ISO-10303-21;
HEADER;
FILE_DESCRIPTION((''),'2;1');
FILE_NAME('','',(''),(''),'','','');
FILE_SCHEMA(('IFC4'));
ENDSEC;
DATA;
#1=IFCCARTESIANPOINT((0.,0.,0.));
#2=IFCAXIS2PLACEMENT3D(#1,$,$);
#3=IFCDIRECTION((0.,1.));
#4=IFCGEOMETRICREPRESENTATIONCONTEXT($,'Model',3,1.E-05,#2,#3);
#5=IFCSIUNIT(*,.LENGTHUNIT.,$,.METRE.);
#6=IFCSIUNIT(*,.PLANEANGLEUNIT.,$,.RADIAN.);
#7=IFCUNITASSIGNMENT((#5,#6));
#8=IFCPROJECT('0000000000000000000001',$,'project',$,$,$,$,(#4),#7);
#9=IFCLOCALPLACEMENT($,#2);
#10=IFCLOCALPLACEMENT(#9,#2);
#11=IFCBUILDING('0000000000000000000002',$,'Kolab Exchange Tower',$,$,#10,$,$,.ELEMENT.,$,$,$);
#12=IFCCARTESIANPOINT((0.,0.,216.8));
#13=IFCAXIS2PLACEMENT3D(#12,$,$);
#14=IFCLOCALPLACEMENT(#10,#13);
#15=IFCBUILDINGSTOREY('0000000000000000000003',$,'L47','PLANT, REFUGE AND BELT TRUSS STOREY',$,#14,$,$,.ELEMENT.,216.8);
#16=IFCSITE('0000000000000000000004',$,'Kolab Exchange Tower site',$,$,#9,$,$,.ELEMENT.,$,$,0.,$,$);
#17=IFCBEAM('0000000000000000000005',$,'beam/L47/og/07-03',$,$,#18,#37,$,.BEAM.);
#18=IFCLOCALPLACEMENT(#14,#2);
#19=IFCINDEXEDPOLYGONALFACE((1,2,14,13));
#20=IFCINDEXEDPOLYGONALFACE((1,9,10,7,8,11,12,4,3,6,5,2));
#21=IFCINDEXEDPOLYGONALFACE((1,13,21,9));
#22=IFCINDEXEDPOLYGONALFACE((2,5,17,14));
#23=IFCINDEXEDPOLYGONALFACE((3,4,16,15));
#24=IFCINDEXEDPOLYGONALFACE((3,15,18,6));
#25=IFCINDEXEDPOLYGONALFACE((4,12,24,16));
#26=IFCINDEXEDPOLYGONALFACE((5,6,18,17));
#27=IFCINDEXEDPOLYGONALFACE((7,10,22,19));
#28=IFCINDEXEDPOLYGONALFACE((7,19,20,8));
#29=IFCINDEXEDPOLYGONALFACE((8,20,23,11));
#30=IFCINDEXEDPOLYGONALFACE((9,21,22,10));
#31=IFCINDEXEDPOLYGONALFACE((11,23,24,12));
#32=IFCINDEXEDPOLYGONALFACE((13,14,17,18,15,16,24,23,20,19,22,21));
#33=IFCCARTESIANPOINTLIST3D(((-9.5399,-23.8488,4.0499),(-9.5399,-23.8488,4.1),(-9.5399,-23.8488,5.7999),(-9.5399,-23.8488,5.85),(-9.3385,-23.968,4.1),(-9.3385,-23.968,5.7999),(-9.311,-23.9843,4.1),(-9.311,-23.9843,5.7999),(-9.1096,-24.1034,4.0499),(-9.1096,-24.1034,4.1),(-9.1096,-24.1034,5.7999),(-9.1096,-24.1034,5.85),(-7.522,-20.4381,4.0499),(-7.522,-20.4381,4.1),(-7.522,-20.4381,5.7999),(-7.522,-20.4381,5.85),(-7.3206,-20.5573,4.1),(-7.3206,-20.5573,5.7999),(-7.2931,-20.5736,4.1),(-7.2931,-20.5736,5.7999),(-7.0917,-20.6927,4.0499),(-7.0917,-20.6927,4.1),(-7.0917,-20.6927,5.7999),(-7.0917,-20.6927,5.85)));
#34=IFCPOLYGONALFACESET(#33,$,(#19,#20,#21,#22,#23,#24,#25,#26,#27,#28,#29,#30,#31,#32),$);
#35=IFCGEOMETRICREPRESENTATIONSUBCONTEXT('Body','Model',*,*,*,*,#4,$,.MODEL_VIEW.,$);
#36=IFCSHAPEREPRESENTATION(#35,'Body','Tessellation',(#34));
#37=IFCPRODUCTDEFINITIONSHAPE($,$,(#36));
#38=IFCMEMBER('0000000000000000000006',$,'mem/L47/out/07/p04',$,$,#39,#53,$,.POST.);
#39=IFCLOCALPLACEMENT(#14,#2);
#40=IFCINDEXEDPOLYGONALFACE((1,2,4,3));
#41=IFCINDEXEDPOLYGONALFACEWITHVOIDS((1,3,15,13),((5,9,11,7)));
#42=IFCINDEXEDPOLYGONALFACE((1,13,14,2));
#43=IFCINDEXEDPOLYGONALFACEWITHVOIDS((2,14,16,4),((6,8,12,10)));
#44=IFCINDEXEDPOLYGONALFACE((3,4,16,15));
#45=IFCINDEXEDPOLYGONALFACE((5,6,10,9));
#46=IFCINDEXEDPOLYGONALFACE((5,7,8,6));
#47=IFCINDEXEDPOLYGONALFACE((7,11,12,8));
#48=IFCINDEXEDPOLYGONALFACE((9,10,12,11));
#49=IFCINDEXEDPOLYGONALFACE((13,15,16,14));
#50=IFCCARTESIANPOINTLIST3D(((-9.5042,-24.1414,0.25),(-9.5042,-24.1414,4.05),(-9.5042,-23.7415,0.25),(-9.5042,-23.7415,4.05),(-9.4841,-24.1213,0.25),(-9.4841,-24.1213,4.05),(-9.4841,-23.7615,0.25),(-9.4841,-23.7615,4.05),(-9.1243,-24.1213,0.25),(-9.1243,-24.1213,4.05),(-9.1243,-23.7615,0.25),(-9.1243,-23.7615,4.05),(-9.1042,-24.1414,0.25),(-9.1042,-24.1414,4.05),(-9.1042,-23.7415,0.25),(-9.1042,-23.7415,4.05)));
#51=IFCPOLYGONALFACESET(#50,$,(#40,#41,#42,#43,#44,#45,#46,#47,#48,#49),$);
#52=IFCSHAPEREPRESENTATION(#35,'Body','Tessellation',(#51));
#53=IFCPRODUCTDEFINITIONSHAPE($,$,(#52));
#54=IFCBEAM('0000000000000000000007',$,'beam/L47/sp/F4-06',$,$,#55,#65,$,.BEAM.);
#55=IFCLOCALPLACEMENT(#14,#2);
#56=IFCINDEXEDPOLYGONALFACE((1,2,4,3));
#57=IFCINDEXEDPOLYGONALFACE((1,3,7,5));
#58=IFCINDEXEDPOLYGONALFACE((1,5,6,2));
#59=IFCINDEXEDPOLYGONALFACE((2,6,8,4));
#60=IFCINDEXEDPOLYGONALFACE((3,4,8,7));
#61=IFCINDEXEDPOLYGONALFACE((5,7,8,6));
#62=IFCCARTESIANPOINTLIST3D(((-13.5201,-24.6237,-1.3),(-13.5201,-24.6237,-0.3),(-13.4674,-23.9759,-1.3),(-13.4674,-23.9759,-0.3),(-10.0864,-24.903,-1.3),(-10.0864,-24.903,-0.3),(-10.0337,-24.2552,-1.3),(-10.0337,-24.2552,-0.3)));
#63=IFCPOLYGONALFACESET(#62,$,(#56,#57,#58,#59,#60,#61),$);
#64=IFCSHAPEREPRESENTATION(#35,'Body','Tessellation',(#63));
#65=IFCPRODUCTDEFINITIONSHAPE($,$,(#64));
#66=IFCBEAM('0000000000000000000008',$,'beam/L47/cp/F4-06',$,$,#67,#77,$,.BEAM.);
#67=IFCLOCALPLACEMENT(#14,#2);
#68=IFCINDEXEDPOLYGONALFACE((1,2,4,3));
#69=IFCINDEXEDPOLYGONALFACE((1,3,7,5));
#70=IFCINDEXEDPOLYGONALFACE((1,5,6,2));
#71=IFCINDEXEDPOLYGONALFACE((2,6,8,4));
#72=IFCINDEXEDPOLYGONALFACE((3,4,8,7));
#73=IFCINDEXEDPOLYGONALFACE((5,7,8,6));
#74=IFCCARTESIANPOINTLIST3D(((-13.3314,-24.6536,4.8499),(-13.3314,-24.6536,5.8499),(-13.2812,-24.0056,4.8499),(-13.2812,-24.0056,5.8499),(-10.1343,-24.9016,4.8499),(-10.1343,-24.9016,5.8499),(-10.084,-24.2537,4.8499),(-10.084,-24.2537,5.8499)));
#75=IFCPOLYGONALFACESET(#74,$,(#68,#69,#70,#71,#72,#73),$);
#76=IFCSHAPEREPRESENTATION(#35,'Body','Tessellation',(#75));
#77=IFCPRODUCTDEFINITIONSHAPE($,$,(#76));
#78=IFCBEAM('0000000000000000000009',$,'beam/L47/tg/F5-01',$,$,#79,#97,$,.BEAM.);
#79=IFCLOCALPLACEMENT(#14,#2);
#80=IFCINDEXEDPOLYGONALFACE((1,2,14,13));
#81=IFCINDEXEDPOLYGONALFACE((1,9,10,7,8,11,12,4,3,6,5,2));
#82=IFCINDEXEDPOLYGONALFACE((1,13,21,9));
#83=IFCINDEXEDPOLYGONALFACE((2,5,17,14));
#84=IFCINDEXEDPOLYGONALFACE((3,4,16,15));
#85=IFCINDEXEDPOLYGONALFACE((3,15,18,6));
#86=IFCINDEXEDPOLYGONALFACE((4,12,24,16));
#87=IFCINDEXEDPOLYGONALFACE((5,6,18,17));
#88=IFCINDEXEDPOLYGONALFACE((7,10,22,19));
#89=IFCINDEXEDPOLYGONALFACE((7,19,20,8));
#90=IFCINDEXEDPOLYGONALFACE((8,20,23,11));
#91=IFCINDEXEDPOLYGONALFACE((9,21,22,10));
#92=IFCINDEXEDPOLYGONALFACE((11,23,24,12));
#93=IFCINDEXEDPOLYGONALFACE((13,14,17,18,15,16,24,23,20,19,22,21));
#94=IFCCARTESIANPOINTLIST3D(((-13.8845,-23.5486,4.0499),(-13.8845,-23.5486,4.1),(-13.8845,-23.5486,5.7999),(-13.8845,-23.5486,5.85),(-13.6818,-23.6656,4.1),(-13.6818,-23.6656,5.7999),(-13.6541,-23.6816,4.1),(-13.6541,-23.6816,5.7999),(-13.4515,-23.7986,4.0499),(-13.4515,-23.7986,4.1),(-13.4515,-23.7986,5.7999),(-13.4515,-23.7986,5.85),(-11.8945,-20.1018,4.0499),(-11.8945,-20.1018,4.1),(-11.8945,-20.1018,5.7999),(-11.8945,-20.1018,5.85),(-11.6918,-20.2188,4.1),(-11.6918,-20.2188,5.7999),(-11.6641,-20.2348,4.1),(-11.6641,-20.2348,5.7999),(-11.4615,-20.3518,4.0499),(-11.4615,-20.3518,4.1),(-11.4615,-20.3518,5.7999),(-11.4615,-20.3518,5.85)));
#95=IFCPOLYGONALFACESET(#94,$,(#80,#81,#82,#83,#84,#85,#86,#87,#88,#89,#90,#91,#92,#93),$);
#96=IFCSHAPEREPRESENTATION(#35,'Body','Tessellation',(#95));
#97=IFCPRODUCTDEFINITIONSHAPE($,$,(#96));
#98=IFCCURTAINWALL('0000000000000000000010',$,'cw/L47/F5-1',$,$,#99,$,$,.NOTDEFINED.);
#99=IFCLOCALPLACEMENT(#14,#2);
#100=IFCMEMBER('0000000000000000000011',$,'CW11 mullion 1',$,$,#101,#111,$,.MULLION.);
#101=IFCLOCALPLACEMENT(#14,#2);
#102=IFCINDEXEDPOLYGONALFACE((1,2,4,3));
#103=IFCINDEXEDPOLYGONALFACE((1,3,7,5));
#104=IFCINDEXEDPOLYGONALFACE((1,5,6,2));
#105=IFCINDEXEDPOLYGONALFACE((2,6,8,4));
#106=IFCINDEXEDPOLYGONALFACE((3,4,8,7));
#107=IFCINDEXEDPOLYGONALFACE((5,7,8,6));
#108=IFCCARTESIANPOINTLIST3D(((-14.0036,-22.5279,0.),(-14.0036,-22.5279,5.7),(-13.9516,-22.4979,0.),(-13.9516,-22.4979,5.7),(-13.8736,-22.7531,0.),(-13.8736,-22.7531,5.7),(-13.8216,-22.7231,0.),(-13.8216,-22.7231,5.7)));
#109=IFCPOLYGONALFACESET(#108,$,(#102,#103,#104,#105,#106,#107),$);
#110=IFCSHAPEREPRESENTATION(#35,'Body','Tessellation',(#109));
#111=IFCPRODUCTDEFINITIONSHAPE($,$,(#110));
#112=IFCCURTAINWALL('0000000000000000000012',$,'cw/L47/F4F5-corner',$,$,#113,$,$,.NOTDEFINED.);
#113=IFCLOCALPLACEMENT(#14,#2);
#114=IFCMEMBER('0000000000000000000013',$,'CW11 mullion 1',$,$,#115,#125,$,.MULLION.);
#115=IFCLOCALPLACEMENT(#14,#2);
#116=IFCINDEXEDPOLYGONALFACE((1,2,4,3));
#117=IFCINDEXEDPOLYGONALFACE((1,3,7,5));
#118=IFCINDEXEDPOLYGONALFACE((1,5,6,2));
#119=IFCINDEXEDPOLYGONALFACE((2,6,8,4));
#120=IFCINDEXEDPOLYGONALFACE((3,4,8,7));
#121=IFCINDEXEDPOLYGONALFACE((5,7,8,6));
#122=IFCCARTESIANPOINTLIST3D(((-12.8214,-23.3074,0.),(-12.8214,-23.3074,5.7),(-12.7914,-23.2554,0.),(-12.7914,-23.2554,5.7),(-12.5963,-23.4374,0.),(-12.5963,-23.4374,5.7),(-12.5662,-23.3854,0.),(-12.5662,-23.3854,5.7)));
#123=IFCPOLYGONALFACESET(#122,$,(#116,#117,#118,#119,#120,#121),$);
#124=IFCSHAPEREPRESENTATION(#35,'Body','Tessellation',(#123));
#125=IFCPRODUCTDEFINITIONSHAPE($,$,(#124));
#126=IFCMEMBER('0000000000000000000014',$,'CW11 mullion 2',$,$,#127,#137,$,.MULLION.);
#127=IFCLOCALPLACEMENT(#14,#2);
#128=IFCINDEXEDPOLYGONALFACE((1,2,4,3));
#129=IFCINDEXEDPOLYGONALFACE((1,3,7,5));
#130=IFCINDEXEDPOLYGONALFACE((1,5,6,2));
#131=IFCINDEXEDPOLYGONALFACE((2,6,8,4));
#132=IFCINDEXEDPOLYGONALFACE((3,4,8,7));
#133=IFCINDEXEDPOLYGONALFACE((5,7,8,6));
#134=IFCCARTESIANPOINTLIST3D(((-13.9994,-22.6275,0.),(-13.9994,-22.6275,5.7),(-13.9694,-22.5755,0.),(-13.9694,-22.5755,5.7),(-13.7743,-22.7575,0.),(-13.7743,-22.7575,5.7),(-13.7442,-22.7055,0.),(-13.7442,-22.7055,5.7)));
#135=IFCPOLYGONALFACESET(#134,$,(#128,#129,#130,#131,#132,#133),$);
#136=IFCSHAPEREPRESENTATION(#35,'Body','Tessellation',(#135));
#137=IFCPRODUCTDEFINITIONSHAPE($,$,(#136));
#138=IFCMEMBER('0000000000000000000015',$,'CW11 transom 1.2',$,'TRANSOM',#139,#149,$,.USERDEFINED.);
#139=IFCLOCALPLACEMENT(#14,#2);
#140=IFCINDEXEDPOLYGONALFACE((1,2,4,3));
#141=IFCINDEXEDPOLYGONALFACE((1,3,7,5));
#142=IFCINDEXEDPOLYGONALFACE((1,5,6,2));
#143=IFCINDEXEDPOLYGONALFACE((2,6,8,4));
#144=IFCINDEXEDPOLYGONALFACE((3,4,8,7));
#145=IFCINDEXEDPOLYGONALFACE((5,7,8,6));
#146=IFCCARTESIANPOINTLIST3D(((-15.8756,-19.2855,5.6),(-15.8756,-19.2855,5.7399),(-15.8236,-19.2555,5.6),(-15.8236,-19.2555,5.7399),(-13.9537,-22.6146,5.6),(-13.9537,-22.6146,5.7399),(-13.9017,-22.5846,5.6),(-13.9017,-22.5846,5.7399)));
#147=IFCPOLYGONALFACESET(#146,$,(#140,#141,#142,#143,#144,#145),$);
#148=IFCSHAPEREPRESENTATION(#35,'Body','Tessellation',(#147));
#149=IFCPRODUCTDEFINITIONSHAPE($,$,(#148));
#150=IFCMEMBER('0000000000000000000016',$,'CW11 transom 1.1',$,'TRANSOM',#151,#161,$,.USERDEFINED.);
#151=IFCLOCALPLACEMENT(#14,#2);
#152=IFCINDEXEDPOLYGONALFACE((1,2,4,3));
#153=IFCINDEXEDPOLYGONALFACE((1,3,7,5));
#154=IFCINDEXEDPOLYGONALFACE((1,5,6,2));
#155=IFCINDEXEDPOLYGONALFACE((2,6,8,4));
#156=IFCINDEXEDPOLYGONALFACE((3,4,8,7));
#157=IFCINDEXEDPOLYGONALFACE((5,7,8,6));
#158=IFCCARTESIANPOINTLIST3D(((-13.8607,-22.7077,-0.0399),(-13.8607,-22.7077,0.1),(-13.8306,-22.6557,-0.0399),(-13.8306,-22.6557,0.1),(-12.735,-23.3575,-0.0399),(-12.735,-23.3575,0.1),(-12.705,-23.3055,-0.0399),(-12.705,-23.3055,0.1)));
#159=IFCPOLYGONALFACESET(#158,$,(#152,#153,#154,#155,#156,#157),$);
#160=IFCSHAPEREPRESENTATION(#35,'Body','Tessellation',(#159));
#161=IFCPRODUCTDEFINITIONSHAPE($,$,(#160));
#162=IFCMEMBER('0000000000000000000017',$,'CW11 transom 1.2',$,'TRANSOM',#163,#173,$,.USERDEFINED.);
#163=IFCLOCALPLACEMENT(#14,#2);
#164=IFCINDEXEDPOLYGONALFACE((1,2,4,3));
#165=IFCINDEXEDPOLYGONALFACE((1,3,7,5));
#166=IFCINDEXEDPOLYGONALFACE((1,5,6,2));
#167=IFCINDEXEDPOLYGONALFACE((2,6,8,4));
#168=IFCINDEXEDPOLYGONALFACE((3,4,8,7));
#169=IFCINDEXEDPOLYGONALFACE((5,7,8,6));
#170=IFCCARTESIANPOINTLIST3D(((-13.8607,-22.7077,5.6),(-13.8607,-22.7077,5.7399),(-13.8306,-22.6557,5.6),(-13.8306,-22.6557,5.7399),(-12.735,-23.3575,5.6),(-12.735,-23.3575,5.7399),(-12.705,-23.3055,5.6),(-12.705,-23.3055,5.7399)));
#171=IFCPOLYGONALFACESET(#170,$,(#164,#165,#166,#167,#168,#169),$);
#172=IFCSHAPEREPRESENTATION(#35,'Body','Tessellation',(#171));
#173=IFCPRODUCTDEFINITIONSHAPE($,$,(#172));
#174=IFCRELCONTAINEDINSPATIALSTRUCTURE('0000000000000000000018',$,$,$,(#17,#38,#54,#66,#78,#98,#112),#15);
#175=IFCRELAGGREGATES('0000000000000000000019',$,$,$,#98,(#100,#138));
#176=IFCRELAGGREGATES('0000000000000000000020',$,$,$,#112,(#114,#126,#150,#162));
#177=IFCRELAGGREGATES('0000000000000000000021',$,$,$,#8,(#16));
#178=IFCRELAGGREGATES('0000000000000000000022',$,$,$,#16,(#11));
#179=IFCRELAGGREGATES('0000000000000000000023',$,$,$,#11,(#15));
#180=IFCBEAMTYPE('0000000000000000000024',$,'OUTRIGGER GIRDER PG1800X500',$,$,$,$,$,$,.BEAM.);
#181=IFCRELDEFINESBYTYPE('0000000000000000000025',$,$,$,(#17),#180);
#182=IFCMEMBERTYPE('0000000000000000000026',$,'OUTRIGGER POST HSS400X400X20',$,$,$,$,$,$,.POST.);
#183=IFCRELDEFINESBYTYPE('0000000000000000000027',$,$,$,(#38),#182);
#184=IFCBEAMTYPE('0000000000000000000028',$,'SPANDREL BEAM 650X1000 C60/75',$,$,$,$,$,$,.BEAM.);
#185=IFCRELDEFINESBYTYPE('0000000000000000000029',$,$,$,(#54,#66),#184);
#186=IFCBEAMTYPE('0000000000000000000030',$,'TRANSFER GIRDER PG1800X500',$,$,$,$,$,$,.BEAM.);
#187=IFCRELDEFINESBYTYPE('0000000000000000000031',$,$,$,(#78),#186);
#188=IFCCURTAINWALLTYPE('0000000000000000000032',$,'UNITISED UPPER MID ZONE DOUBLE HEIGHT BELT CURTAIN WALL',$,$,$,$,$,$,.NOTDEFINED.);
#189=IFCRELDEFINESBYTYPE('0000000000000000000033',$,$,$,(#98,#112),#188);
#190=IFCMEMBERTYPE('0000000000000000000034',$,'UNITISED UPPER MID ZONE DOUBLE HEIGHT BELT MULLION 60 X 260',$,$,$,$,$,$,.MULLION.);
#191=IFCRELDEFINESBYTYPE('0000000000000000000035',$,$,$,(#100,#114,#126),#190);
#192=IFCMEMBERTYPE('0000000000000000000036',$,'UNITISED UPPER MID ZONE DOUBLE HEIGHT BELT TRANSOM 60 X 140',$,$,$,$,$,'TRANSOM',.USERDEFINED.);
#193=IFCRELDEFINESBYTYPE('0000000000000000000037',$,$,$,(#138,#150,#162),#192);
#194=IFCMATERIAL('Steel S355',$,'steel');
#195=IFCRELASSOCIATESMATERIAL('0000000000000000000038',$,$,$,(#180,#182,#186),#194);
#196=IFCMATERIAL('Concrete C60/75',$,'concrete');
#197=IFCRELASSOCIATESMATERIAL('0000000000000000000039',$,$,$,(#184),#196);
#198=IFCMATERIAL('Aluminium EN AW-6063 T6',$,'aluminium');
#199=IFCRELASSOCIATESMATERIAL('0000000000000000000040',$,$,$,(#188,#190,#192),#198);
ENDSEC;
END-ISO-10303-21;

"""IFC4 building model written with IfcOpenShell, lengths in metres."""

from ifc_helpers import new_model, si_unit, direction, frame, origin, origin_2d, place, context, subcontext, project, spatial, rectangle, hollow_rectangle, i_section, extrude, material, material_profile, profile_set, type_object, element, aggregate, save


model = new_model("IFC4")

# Units and contexts
model_context = context("Model", 3, precision=1e-05, world=origin(), true_north=direction((0.0, 1.0)))
body_context = subcontext(model_context, "Body", "Model", "MODEL_VIEW")
ifc_project = project(units=[si_unit("LENGTHUNIT", "METRE"), si_unit("PLANEANGLEUNIT", "RADIAN")], contexts=[model_context])

# Site, building, storey
site_placement = place(None, origin())
site = spatial("IfcSite", under=ifc_project, at=site_placement, Name="Kolab Exchange Tower site", CompositionType="ELEMENT", RefElevation=0.0)
building_placement = place(site_placement, origin())
building = spatial("IfcBuilding", under=site, at=building_placement, Name="Kolab Exchange Tower", CompositionType="ELEMENT")
storey_placement = place(building_placement, frame((0.0, 0.0, 216.8)))
storey = spatial("IfcBuildingStorey", under=building, at=storey_placement, Name="L47", Description="PLANT, REFUGE AND BELT TRUSS STOREY", CompositionType="ELEMENT", Elevation=216.8)

# Shared definitions
ifc_material_1 = material(Name="Concrete C60/75", Category="concrete")

# Shared definitions
ifc_material_2 = material(Name="Steel S355", Category="steel")

# Shared definitions
ifc_material_3 = material(Name="Aluminium EN AW-6063 T6", Category="aluminium")

# Beam
ifc_material_profile_1 = material_profile(ifc_material_2, i_section(OverallWidth=0.5, OverallDepth=1.8, WebThickness=0.032, FlangeThickness=0.05, at=origin_2d()), Name="PG1800X500")
ifc_profile_set_1 = profile_set([ifc_material_profile_1], Name="Steel S355")
beam_type_1 = type_object("IfcBeamType", Name="OUTRIGGER GIRDER PG1800X500", PredefinedType="BEAM", material=ifc_profile_set_1)
beam_1_placement = place(storey_placement, frame((-7.3069, -20.5654, 4.95), z_axis=(-0.509186, -0.860657, 0.0), x_axis=(0.860657, -0.509186, 0.0)))
element("IfcBeam", 1, at=beam_1_placement, inside=storey, type_object=beam_type_1, Name="beam/L47/og/07-03", PredefinedType="BEAM", context=body_context, shape_type="SweptSolid", body=[
    extrude(i_section(OverallWidth=0.5, OverallDepth=1.8, WebThickness=0.032, FlangeThickness=0.05, at=origin_2d()), origin(), (0.0, 0.0, 1.0), 3.9629),
])

# Member
ifc_material_profile_2 = material_profile(ifc_material_2, hollow_rectangle(XDim=0.3999, YDim=0.3999, WallThickness=0.02, at=origin_2d()), Name="HSS400X400X20")
ifc_profile_set_2 = profile_set([ifc_material_profile_2], Name="Steel S355")
member_type_1 = type_object("IfcMemberType", Name="OUTRIGGER POST HSS400X400X20", PredefinedType="POST", material=ifc_profile_set_2)
member_1_placement = place(storey_placement, frame((-9.3042, -23.9414, 0.25), z_axis=(0.0, 0.0, 1.0), x_axis=(1.0, 0.0, 0.0)))
element("IfcMember", 2, at=member_1_placement, inside=storey, type_object=member_type_1, Name="mem/L47/out/07/p04", PredefinedType="POST", context=body_context, shape_type="SweptSolid", body=[
    extrude(hollow_rectangle(XDim=0.3999, YDim=0.3999, WallThickness=0.02, at=origin_2d()), origin(), (0.0, 0.0, 1.0), 3.8),
])

# Beams
ifc_material_profile_3 = material_profile(ifc_material_1, rectangle(XDim=0.6499, YDim=1.0, at=origin_2d()), Name="RC650X1000")
ifc_profile_set_3 = profile_set([ifc_material_profile_3], Name="Concrete C60/75")
beam_type_2 = type_object("IfcBeamType", Name="SPANDREL BEAM 650X1000 C60/75", PredefinedType="BEAM", material=ifc_profile_set_3)
beam_2_placement = place(storey_placement, frame((-10.0601, -24.5791, -0.8), z_axis=(-0.996708, 0.081069, 0.0), x_axis=(-0.081069, -0.996708, 0.0)))
element("IfcBeam", 3, at=beam_2_placement, inside=storey, type_object=beam_type_2, Name="beam/L47/sp/F4-06", PredefinedType="BEAM", context=body_context, shape_type="SweptSolid", body=[
    extrude(rectangle(XDim=0.6499, YDim=1.0, at=origin_2d()), origin(), (0.0, 0.0, 1.0), 3.4451),
])
beam_3_placement = place(storey_placement, frame((-10.1091, -24.5776, 5.3499), z_axis=(-0.997004, 0.077349, 0.0), x_axis=(-0.077349, -0.997004, 0.0)))
element("IfcBeam", 4, at=beam_3_placement, inside=storey, type_object=beam_type_2, Name="beam/L47/cp/F4-06", PredefinedType="BEAM", context=body_context, shape_type="SweptSolid", body=[
    extrude(rectangle(XDim=0.6499, YDim=1.0, at=origin_2d()), origin(), (0.0, 0.0, 1.0), 3.2068),
])
ifc_material_profile_4 = material_profile(ifc_material_2, i_section(OverallWidth=0.5, OverallDepth=1.8, WebThickness=0.032, FlangeThickness=0.05, at=origin_2d()), Name="PG1800X500")
ifc_profile_set_4 = profile_set([ifc_material_profile_4], Name="Steel S355")
beam_type_3 = type_object("IfcBeamType", Name="TRANSFER GIRDER PG1800X500", PredefinedType="BEAM", material=ifc_profile_set_4)
beam_4_placement = place(storey_placement, frame((-11.678, -20.2268, 4.95), z_axis=(-0.499999, -0.866026, 0.0), x_axis=(0.866026, -0.499999, 0.0)))
element("IfcBeam", 5, at=beam_4_placement, inside=storey, type_object=beam_type_3, Name="beam/L47/tg/F5-01", PredefinedType="BEAM", context=body_context, shape_type="SweptSolid", body=[
    extrude(i_section(OverallWidth=0.5, OverallDepth=1.8, WebThickness=0.032, FlangeThickness=0.05, at=origin_2d()), origin(), (0.0, 0.0, 1.0), 3.98),
])

# Curtain wall, member
curtain_wall_type_1 = type_object("IfcCurtainWallType", Name="UNITISED UPPER MID ZONE DOUBLE HEIGHT BELT CURTAIN WALL", PredefinedType="NOTDEFINED", material=ifc_material_3)
curtain_wall_1_placement = place(storey_placement, origin())
curtain_wall_1 = element("IfcCurtainWall", 6, at=curtain_wall_1_placement, inside=storey, type_object=curtain_wall_type_1, Name="cw/L47/F5-1", PredefinedType="NOTDEFINED")
ifc_material_profile_5 = material_profile(ifc_material_3, rectangle(XDim=0.0601, YDim=0.26, at=origin_2d()), Name="RECT 60X260")
ifc_profile_set_5 = profile_set([ifc_material_profile_5], Name="Aluminium EN AW-6063 T6")
member_type_2 = type_object("IfcMemberType", Name="UNITISED UPPER MID ZONE DOUBLE HEIGHT BELT MULLION 60 X 260", PredefinedType="MULLION", material=ifc_profile_set_5)
member_2_placement = place(storey_placement, frame((-13.9126, -22.6255, 0.0), z_axis=(0.0, 0.0, 1.0), x_axis=(-0.866025, -0.5, 0.0)))
member_2 = element("IfcMember", 7, at=member_2_placement, type_object=member_type_2, Name="CW11 mullion 1", PredefinedType="MULLION", context=body_context, shape_type="SweptSolid", body=[
    extrude(rectangle(XDim=0.0601, YDim=0.26, at=origin_2d()), origin(), (0.0, 0.0, 1.0), 5.7),
])

# Curtain wall, members
curtain_wall_2_placement = place(storey_placement, origin())
curtain_wall_2 = element("IfcCurtainWall", 8, at=curtain_wall_2_placement, inside=storey, type_object=curtain_wall_type_1, Name="cw/L47/F4F5-corner", PredefinedType="NOTDEFINED")
member_3_placement = place(storey_placement, frame((-12.6938, -23.3464, 0.0), z_axis=(0.0, 0.0, 1.0), x_axis=(-0.5, -0.866025, 0.0)))
member_3 = element("IfcMember", 9, at=member_3_placement, type_object=member_type_2, Name="CW11 mullion 1", PredefinedType="MULLION", context=body_context, shape_type="SweptSolid", body=[
    extrude(rectangle(XDim=0.0601, YDim=0.26, at=origin_2d()), origin(), (0.0, 0.0, 1.0), 5.7),
])
member_4_placement = place(storey_placement, frame((-13.8718, -22.6665, 0.0), z_axis=(0.0, 0.0, 1.0), x_axis=(-0.5, -0.866025, 0.0)))
member_4 = element("IfcMember", 10, at=member_4_placement, type_object=member_type_2, Name="CW11 mullion 2", PredefinedType="MULLION", context=body_context, shape_type="SweptSolid", body=[
    extrude(rectangle(XDim=0.0601, YDim=0.26, at=origin_2d()), origin(), (0.0, 0.0, 1.0), 5.7),
])

# Members
ifc_material_profile_6 = material_profile(ifc_material_3, rectangle(XDim=0.0601, YDim=0.1399, at=origin_2d()), Name="RECT 60X140")
ifc_profile_set_6 = profile_set([ifc_material_profile_6], Name="Aluminium EN AW-6063 T6")
member_type_3 = type_object("IfcMemberType", Name="UNITISED UPPER MID ZONE DOUBLE HEIGHT BELT TRANSOM 60 X 140", ElementType="TRANSOM", PredefinedType="USERDEFINED", material=ifc_profile_set_6)
member_5_placement = place(storey_placement, frame((-13.9277, -22.5996, 5.6699), z_axis=(-0.499964, 0.866046, 0.0), x_axis=(-0.866046, -0.499964, 0.0)))
member_5 = element("IfcMember", 11, at=member_5_placement, type_object=member_type_3, Name="CW11 transom 1.2", ObjectType="TRANSOM", PredefinedType="USERDEFINED", context=body_context, shape_type="SweptSolid", body=[
    extrude(rectangle(XDim=0.0601, YDim=0.1399, at=origin_2d()), origin(), (0.0, 0.0, 1.0), 3.844),
])
aggregate(curtain_wall_1, [member_2, member_5])
member_6_placement = place(storey_placement, frame((-12.72, -23.3315, 0.03), z_axis=(-0.866039, 0.499977, 0.0), x_axis=(-0.499977, -0.866039, 0.0)))
member_6 = element("IfcMember", 12, at=member_6_placement, type_object=member_type_3, Name="CW11 transom 1.1", ObjectType="TRANSOM", PredefinedType="USERDEFINED", context=body_context, shape_type="SweptSolid", body=[
    extrude(rectangle(XDim=0.0601, YDim=0.1399, at=origin_2d()), origin(), (0.0, 0.0, 1.0), 1.2998),
])
member_7_placement = place(storey_placement, frame((-12.72, -23.3315, 5.6699), z_axis=(-0.866039, 0.499977, 0.0), x_axis=(-0.499977, -0.866039, 0.0)))
member_7 = element("IfcMember", 13, at=member_7_placement, type_object=member_type_3, Name="CW11 transom 1.2", ObjectType="TRANSOM", PredefinedType="USERDEFINED", context=body_context, shape_type="SweptSolid", body=[
    extrude(rectangle(XDim=0.0601, YDim=0.1399, at=origin_2d()), origin(), (0.0, 0.0, 1.0), 1.2998),
])

aggregate(curtain_wall_2, [member_3, member_4, member_6, member_7])

save(model, "model.ifc")
